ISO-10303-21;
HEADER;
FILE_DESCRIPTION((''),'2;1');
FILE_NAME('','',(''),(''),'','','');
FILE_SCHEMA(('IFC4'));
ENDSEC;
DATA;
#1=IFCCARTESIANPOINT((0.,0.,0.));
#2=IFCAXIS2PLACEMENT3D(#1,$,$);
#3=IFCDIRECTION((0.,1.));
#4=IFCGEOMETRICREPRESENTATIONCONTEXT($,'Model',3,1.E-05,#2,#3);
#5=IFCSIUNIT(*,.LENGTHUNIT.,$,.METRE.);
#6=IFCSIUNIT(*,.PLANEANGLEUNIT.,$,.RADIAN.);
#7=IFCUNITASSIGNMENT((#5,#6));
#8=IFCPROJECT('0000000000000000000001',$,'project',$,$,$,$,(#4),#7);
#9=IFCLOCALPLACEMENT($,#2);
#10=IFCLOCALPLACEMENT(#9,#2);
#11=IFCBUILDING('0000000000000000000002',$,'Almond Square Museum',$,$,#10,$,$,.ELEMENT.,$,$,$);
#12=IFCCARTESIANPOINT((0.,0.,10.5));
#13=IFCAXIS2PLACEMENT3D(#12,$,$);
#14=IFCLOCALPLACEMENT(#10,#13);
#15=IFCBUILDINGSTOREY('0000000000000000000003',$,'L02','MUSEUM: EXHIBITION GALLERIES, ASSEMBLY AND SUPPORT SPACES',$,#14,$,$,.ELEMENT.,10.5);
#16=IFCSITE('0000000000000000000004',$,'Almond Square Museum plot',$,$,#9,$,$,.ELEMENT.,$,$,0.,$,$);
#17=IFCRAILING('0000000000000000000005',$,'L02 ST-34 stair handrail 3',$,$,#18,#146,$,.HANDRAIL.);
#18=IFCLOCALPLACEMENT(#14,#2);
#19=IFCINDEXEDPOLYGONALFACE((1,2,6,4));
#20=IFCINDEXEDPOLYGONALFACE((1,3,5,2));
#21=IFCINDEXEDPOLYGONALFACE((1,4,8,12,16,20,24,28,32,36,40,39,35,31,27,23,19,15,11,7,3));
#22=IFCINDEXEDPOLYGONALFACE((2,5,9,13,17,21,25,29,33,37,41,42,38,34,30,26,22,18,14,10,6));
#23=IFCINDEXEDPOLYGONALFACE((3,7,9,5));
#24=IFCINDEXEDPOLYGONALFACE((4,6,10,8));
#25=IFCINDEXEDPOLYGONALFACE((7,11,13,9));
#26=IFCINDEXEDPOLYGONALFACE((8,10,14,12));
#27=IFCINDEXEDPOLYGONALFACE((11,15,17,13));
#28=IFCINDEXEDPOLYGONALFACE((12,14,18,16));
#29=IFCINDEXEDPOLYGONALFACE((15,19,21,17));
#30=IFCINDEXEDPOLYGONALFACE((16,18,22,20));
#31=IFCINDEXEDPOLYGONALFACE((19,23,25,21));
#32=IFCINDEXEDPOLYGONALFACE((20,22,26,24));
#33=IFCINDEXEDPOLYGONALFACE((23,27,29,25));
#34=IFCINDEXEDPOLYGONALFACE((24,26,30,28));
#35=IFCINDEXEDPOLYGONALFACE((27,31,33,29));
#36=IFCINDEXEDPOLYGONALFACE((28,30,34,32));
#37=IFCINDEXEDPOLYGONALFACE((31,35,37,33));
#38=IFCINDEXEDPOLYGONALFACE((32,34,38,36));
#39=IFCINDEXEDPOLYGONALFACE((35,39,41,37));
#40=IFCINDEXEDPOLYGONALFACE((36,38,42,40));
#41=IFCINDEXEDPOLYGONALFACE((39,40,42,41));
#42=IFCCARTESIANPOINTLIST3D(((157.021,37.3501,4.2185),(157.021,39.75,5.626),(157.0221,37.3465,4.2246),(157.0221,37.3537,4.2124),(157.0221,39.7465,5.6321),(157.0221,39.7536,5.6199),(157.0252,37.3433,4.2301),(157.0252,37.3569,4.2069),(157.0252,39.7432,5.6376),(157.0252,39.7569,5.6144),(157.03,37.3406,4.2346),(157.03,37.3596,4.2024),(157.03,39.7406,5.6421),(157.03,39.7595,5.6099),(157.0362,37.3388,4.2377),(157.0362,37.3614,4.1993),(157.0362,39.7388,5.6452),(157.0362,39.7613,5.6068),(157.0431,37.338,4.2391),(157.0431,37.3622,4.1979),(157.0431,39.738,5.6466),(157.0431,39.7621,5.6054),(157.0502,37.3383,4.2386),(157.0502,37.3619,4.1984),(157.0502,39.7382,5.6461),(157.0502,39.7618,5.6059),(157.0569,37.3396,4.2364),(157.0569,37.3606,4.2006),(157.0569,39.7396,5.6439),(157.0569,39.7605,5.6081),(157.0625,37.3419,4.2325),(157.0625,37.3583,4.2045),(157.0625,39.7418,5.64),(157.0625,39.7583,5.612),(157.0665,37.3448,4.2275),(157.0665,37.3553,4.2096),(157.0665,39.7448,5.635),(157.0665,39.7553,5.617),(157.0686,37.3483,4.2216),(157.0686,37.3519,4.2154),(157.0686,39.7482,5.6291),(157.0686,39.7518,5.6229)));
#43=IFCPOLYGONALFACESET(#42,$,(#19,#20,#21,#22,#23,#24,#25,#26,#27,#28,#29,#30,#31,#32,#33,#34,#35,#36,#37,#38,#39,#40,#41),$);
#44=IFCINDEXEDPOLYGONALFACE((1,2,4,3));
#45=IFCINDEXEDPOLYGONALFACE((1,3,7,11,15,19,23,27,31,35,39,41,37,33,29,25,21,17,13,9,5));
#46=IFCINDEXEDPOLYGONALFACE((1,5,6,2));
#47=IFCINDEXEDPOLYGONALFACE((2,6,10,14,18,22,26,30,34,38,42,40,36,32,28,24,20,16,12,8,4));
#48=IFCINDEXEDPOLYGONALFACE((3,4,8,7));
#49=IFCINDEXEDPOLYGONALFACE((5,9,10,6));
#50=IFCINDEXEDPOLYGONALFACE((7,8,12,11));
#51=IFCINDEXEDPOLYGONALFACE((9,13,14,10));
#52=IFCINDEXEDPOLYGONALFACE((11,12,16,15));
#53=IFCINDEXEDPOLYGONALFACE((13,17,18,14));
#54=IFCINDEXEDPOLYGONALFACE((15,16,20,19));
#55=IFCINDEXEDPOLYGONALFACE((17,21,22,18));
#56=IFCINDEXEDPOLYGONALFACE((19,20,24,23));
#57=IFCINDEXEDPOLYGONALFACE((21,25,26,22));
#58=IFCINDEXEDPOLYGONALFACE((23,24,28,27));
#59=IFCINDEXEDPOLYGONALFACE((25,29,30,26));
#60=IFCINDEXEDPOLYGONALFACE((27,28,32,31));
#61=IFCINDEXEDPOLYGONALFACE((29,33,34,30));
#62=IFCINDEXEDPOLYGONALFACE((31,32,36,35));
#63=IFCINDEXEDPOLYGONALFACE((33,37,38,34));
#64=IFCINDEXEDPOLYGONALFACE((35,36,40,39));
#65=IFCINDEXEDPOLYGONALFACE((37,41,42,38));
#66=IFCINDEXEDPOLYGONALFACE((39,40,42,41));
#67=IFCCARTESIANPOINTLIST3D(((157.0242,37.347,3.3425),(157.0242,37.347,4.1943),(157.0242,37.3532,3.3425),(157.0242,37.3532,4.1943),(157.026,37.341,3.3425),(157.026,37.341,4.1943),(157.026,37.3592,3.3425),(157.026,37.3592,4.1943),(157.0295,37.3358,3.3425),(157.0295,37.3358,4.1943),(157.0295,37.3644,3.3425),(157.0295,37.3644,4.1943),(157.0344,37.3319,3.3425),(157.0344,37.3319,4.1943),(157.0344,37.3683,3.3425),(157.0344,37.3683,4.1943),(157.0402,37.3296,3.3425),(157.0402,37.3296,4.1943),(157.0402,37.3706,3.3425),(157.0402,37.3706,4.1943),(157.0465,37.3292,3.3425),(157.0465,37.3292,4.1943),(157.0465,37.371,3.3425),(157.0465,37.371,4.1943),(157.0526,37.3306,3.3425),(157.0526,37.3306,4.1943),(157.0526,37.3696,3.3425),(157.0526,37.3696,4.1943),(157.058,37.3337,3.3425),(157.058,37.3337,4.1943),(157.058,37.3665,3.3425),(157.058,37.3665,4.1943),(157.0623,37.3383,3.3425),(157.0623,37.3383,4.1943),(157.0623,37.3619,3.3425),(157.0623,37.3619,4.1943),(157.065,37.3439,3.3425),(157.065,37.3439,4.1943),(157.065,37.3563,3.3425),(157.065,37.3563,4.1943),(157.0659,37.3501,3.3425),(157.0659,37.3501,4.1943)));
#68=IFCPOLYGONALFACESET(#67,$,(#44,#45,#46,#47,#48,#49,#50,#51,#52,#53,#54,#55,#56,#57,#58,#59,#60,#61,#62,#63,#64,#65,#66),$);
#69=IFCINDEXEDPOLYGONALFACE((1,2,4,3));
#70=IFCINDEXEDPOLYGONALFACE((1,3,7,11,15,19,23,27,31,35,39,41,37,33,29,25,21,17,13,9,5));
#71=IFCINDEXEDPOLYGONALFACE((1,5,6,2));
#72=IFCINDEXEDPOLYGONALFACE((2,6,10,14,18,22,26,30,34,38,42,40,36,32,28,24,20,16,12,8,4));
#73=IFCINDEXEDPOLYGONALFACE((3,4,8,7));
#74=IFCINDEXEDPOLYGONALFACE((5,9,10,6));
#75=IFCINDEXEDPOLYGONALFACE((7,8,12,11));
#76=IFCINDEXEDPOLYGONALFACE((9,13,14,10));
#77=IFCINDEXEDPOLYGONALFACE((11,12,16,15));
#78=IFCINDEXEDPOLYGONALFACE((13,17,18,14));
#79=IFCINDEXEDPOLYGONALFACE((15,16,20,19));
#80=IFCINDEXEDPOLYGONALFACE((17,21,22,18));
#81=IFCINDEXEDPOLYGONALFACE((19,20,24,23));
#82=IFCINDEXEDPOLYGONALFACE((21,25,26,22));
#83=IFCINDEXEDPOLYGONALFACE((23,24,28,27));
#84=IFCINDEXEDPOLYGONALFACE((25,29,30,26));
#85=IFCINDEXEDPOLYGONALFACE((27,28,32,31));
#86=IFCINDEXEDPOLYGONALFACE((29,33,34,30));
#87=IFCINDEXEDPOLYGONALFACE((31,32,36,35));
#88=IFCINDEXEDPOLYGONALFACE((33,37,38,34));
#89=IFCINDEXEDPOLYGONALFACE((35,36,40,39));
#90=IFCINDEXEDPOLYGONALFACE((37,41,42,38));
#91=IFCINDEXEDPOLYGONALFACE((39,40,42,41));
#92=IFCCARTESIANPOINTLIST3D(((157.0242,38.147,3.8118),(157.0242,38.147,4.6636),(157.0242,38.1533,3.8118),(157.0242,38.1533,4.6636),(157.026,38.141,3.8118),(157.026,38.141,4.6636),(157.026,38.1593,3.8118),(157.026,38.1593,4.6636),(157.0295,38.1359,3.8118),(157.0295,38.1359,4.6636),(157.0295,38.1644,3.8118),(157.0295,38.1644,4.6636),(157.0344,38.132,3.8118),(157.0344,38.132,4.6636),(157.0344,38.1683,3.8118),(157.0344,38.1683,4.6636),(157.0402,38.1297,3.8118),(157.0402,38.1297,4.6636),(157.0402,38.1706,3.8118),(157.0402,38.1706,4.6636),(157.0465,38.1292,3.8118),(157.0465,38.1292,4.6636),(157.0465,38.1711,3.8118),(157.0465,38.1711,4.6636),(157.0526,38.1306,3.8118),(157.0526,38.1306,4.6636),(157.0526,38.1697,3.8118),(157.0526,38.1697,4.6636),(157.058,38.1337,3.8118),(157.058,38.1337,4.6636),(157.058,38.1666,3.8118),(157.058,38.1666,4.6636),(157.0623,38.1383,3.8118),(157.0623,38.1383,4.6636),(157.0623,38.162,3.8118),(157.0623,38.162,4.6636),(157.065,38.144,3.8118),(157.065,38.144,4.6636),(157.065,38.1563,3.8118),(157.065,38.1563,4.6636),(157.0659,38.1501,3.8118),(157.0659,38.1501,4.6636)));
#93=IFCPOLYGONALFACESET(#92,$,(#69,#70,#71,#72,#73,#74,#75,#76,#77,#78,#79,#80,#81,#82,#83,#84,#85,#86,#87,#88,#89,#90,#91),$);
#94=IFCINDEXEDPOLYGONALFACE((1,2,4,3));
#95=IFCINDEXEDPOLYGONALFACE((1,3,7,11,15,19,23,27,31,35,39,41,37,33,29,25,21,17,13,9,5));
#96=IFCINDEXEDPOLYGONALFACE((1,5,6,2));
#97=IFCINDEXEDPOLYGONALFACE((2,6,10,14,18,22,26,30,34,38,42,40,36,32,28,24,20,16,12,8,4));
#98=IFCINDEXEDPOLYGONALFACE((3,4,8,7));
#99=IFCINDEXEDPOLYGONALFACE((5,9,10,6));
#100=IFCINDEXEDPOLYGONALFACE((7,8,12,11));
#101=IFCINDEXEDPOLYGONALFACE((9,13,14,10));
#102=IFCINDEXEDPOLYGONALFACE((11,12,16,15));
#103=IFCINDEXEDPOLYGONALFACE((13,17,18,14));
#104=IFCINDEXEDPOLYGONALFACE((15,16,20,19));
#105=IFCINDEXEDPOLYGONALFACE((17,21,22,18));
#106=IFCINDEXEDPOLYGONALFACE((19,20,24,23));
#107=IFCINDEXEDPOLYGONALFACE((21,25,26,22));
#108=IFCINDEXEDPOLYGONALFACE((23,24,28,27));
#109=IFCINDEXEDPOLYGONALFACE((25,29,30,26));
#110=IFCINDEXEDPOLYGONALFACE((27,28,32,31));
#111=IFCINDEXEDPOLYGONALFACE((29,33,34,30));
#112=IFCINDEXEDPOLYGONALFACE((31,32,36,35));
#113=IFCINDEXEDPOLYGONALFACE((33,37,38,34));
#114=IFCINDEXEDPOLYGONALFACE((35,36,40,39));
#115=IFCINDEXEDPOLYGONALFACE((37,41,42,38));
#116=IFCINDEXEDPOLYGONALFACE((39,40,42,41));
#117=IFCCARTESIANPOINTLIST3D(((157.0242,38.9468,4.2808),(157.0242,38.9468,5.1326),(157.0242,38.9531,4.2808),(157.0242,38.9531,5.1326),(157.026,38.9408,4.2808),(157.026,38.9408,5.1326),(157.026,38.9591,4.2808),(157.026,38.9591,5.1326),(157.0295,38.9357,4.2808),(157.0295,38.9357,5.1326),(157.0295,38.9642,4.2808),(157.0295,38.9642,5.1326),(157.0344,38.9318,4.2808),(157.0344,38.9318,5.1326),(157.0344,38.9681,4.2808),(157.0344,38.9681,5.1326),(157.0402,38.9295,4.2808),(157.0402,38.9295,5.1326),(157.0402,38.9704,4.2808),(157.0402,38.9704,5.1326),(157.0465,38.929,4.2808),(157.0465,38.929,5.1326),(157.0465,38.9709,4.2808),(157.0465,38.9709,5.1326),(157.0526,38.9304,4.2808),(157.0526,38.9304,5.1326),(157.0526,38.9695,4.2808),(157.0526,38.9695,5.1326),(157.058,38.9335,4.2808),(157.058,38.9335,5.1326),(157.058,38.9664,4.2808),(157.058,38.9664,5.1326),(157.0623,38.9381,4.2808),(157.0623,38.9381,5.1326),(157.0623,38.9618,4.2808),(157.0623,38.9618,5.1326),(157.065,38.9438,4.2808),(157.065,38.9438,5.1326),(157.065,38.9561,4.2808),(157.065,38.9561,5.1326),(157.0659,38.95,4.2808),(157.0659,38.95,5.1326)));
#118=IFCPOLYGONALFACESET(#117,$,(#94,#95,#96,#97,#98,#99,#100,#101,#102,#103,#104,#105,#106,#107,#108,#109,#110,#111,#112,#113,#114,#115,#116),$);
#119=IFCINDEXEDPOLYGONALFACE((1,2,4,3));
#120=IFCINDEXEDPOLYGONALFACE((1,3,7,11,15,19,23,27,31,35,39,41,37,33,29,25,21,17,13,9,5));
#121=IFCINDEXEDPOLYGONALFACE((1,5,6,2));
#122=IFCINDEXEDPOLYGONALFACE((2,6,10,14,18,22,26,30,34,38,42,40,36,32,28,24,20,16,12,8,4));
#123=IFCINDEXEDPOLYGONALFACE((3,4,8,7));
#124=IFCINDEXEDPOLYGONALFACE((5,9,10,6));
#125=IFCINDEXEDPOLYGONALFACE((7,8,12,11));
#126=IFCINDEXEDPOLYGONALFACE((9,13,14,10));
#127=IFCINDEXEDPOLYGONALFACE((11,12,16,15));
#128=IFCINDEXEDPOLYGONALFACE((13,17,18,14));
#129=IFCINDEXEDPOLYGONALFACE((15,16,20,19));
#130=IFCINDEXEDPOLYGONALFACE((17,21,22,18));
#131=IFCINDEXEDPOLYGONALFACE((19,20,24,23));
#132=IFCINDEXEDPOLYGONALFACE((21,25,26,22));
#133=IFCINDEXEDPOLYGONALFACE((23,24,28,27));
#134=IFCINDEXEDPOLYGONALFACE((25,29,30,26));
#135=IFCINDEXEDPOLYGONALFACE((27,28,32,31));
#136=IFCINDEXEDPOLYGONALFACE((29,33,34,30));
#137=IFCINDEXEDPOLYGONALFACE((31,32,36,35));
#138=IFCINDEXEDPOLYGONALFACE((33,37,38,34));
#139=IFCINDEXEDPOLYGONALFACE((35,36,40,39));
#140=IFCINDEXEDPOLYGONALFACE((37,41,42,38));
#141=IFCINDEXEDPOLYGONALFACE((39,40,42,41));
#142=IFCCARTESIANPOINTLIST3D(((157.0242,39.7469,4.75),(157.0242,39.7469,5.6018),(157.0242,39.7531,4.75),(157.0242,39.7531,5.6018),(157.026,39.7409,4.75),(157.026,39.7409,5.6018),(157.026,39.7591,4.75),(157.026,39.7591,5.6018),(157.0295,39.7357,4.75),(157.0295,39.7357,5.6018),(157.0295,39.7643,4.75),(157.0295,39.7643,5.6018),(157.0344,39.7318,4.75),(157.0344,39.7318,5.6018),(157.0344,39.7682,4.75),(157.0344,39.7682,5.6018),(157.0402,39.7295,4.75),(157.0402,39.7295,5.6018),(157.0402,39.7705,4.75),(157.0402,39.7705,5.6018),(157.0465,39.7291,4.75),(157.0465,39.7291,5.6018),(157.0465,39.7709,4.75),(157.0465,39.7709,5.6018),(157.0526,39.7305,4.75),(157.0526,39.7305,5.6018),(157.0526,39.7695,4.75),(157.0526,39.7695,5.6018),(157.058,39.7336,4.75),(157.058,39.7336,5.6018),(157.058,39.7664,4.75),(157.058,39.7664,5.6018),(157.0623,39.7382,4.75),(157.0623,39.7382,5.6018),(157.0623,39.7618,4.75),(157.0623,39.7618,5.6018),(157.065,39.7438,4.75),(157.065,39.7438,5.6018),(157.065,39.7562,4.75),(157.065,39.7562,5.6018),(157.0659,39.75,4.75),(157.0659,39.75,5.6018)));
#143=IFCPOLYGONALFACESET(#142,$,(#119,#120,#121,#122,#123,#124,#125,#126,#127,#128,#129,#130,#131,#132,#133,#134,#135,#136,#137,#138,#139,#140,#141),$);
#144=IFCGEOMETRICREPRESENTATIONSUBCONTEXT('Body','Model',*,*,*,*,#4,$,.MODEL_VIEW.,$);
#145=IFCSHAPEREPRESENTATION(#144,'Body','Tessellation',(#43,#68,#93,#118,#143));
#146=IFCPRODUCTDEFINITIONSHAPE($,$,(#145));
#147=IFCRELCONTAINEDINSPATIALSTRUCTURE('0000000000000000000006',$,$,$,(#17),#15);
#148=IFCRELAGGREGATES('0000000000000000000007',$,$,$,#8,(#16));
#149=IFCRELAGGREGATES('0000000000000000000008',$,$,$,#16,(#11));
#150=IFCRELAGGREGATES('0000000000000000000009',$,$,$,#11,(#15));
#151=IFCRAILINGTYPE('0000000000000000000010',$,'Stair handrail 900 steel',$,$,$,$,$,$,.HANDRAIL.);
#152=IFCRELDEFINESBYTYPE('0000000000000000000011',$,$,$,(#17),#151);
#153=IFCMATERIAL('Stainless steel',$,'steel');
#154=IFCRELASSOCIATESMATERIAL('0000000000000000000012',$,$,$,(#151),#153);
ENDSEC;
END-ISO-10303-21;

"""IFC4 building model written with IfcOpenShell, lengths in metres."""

from ifc_helpers import new_model, si_unit, direction, frame, origin, origin_2d, place, context, subcontext, project, spatial, circle, extrude, material, type_object, element, save


model = new_model("IFC4")

# Units and contexts
model_context = context("Model", 3, precision=1e-05, world=origin(), true_north=direction((0.0, 1.0)))
body_context = subcontext(model_context, "Body", "Model", "MODEL_VIEW")
ifc_project = project(units=[si_unit("LENGTHUNIT", "METRE"), si_unit("PLANEANGLEUNIT", "RADIAN")], contexts=[model_context])

# Site, building, storey
site_placement = place(None, origin())
site = spatial("IfcSite", under=ifc_project, at=site_placement, Name="Almond Square Museum plot", CompositionType="ELEMENT", RefElevation=0.0)
building_placement = place(site_placement, origin())
building = spatial("IfcBuilding", under=site, at=building_placement, Name="Almond Square Museum", CompositionType="ELEMENT")
storey_placement = place(building_placement, frame((0.0, 0.0, 10.5)))
storey = spatial("IfcBuildingStorey", under=building, at=storey_placement, Name="L02", Description="MUSEUM: EXHIBITION GALLERIES, ASSEMBLY AND SUPPORT SPACES", CompositionType="ELEMENT", Elevation=10.5)

# Railing
ifc_material_1 = material(Name="Stainless steel", Category="steel")
railing_type_1 = type_object("IfcRailingType", Name="Stair handrail 900 steel", PredefinedType="HANDRAIL", material=ifc_material_1)
for number, where, name in (
    (1, (157.0449, 37.3501, 3.3425), "L02 ST-34 stair handrail 3"),
):
    element("IfcRailing", number, at=place(storey_placement, frame(where)), inside=storey, type_object=railing_type_1, Name=name, PredefinedType="HANDRAIL", context=body_context, shape_type="SweptSolid", body=[
        extrude(circle(Radius=0.0239, at=origin_2d()), frame((0.0, 0.0, 0.876), z_axis=(0.0, 0.862599, 0.505888), x_axis=(-1.0, 0.0, 0.0)), (0.0, 0.0, 1.0), 2.7822),
        extrude(circle(Radius=0.021, at=origin_2d()), origin(), (0.0, 0.0, 1.0), 0.8518),
        extrude(circle(Radius=0.021, at=origin_2d()), frame((0.0, 0.8, 0.4692)), (0.0, 0.0, 1.0), 0.8518),
        extrude(circle(Radius=0.021, at=origin_2d()), frame((0.0, 1.5999, 0.9382)), (0.0, 0.0, 1.0), 0.8518),
        extrude(circle(Radius=0.021, at=origin_2d()), frame((0.0, 2.3999, 1.4075)), (0.0, 0.0, 1.0), 0.8518),
    ])

save(model, "model.ifc")
